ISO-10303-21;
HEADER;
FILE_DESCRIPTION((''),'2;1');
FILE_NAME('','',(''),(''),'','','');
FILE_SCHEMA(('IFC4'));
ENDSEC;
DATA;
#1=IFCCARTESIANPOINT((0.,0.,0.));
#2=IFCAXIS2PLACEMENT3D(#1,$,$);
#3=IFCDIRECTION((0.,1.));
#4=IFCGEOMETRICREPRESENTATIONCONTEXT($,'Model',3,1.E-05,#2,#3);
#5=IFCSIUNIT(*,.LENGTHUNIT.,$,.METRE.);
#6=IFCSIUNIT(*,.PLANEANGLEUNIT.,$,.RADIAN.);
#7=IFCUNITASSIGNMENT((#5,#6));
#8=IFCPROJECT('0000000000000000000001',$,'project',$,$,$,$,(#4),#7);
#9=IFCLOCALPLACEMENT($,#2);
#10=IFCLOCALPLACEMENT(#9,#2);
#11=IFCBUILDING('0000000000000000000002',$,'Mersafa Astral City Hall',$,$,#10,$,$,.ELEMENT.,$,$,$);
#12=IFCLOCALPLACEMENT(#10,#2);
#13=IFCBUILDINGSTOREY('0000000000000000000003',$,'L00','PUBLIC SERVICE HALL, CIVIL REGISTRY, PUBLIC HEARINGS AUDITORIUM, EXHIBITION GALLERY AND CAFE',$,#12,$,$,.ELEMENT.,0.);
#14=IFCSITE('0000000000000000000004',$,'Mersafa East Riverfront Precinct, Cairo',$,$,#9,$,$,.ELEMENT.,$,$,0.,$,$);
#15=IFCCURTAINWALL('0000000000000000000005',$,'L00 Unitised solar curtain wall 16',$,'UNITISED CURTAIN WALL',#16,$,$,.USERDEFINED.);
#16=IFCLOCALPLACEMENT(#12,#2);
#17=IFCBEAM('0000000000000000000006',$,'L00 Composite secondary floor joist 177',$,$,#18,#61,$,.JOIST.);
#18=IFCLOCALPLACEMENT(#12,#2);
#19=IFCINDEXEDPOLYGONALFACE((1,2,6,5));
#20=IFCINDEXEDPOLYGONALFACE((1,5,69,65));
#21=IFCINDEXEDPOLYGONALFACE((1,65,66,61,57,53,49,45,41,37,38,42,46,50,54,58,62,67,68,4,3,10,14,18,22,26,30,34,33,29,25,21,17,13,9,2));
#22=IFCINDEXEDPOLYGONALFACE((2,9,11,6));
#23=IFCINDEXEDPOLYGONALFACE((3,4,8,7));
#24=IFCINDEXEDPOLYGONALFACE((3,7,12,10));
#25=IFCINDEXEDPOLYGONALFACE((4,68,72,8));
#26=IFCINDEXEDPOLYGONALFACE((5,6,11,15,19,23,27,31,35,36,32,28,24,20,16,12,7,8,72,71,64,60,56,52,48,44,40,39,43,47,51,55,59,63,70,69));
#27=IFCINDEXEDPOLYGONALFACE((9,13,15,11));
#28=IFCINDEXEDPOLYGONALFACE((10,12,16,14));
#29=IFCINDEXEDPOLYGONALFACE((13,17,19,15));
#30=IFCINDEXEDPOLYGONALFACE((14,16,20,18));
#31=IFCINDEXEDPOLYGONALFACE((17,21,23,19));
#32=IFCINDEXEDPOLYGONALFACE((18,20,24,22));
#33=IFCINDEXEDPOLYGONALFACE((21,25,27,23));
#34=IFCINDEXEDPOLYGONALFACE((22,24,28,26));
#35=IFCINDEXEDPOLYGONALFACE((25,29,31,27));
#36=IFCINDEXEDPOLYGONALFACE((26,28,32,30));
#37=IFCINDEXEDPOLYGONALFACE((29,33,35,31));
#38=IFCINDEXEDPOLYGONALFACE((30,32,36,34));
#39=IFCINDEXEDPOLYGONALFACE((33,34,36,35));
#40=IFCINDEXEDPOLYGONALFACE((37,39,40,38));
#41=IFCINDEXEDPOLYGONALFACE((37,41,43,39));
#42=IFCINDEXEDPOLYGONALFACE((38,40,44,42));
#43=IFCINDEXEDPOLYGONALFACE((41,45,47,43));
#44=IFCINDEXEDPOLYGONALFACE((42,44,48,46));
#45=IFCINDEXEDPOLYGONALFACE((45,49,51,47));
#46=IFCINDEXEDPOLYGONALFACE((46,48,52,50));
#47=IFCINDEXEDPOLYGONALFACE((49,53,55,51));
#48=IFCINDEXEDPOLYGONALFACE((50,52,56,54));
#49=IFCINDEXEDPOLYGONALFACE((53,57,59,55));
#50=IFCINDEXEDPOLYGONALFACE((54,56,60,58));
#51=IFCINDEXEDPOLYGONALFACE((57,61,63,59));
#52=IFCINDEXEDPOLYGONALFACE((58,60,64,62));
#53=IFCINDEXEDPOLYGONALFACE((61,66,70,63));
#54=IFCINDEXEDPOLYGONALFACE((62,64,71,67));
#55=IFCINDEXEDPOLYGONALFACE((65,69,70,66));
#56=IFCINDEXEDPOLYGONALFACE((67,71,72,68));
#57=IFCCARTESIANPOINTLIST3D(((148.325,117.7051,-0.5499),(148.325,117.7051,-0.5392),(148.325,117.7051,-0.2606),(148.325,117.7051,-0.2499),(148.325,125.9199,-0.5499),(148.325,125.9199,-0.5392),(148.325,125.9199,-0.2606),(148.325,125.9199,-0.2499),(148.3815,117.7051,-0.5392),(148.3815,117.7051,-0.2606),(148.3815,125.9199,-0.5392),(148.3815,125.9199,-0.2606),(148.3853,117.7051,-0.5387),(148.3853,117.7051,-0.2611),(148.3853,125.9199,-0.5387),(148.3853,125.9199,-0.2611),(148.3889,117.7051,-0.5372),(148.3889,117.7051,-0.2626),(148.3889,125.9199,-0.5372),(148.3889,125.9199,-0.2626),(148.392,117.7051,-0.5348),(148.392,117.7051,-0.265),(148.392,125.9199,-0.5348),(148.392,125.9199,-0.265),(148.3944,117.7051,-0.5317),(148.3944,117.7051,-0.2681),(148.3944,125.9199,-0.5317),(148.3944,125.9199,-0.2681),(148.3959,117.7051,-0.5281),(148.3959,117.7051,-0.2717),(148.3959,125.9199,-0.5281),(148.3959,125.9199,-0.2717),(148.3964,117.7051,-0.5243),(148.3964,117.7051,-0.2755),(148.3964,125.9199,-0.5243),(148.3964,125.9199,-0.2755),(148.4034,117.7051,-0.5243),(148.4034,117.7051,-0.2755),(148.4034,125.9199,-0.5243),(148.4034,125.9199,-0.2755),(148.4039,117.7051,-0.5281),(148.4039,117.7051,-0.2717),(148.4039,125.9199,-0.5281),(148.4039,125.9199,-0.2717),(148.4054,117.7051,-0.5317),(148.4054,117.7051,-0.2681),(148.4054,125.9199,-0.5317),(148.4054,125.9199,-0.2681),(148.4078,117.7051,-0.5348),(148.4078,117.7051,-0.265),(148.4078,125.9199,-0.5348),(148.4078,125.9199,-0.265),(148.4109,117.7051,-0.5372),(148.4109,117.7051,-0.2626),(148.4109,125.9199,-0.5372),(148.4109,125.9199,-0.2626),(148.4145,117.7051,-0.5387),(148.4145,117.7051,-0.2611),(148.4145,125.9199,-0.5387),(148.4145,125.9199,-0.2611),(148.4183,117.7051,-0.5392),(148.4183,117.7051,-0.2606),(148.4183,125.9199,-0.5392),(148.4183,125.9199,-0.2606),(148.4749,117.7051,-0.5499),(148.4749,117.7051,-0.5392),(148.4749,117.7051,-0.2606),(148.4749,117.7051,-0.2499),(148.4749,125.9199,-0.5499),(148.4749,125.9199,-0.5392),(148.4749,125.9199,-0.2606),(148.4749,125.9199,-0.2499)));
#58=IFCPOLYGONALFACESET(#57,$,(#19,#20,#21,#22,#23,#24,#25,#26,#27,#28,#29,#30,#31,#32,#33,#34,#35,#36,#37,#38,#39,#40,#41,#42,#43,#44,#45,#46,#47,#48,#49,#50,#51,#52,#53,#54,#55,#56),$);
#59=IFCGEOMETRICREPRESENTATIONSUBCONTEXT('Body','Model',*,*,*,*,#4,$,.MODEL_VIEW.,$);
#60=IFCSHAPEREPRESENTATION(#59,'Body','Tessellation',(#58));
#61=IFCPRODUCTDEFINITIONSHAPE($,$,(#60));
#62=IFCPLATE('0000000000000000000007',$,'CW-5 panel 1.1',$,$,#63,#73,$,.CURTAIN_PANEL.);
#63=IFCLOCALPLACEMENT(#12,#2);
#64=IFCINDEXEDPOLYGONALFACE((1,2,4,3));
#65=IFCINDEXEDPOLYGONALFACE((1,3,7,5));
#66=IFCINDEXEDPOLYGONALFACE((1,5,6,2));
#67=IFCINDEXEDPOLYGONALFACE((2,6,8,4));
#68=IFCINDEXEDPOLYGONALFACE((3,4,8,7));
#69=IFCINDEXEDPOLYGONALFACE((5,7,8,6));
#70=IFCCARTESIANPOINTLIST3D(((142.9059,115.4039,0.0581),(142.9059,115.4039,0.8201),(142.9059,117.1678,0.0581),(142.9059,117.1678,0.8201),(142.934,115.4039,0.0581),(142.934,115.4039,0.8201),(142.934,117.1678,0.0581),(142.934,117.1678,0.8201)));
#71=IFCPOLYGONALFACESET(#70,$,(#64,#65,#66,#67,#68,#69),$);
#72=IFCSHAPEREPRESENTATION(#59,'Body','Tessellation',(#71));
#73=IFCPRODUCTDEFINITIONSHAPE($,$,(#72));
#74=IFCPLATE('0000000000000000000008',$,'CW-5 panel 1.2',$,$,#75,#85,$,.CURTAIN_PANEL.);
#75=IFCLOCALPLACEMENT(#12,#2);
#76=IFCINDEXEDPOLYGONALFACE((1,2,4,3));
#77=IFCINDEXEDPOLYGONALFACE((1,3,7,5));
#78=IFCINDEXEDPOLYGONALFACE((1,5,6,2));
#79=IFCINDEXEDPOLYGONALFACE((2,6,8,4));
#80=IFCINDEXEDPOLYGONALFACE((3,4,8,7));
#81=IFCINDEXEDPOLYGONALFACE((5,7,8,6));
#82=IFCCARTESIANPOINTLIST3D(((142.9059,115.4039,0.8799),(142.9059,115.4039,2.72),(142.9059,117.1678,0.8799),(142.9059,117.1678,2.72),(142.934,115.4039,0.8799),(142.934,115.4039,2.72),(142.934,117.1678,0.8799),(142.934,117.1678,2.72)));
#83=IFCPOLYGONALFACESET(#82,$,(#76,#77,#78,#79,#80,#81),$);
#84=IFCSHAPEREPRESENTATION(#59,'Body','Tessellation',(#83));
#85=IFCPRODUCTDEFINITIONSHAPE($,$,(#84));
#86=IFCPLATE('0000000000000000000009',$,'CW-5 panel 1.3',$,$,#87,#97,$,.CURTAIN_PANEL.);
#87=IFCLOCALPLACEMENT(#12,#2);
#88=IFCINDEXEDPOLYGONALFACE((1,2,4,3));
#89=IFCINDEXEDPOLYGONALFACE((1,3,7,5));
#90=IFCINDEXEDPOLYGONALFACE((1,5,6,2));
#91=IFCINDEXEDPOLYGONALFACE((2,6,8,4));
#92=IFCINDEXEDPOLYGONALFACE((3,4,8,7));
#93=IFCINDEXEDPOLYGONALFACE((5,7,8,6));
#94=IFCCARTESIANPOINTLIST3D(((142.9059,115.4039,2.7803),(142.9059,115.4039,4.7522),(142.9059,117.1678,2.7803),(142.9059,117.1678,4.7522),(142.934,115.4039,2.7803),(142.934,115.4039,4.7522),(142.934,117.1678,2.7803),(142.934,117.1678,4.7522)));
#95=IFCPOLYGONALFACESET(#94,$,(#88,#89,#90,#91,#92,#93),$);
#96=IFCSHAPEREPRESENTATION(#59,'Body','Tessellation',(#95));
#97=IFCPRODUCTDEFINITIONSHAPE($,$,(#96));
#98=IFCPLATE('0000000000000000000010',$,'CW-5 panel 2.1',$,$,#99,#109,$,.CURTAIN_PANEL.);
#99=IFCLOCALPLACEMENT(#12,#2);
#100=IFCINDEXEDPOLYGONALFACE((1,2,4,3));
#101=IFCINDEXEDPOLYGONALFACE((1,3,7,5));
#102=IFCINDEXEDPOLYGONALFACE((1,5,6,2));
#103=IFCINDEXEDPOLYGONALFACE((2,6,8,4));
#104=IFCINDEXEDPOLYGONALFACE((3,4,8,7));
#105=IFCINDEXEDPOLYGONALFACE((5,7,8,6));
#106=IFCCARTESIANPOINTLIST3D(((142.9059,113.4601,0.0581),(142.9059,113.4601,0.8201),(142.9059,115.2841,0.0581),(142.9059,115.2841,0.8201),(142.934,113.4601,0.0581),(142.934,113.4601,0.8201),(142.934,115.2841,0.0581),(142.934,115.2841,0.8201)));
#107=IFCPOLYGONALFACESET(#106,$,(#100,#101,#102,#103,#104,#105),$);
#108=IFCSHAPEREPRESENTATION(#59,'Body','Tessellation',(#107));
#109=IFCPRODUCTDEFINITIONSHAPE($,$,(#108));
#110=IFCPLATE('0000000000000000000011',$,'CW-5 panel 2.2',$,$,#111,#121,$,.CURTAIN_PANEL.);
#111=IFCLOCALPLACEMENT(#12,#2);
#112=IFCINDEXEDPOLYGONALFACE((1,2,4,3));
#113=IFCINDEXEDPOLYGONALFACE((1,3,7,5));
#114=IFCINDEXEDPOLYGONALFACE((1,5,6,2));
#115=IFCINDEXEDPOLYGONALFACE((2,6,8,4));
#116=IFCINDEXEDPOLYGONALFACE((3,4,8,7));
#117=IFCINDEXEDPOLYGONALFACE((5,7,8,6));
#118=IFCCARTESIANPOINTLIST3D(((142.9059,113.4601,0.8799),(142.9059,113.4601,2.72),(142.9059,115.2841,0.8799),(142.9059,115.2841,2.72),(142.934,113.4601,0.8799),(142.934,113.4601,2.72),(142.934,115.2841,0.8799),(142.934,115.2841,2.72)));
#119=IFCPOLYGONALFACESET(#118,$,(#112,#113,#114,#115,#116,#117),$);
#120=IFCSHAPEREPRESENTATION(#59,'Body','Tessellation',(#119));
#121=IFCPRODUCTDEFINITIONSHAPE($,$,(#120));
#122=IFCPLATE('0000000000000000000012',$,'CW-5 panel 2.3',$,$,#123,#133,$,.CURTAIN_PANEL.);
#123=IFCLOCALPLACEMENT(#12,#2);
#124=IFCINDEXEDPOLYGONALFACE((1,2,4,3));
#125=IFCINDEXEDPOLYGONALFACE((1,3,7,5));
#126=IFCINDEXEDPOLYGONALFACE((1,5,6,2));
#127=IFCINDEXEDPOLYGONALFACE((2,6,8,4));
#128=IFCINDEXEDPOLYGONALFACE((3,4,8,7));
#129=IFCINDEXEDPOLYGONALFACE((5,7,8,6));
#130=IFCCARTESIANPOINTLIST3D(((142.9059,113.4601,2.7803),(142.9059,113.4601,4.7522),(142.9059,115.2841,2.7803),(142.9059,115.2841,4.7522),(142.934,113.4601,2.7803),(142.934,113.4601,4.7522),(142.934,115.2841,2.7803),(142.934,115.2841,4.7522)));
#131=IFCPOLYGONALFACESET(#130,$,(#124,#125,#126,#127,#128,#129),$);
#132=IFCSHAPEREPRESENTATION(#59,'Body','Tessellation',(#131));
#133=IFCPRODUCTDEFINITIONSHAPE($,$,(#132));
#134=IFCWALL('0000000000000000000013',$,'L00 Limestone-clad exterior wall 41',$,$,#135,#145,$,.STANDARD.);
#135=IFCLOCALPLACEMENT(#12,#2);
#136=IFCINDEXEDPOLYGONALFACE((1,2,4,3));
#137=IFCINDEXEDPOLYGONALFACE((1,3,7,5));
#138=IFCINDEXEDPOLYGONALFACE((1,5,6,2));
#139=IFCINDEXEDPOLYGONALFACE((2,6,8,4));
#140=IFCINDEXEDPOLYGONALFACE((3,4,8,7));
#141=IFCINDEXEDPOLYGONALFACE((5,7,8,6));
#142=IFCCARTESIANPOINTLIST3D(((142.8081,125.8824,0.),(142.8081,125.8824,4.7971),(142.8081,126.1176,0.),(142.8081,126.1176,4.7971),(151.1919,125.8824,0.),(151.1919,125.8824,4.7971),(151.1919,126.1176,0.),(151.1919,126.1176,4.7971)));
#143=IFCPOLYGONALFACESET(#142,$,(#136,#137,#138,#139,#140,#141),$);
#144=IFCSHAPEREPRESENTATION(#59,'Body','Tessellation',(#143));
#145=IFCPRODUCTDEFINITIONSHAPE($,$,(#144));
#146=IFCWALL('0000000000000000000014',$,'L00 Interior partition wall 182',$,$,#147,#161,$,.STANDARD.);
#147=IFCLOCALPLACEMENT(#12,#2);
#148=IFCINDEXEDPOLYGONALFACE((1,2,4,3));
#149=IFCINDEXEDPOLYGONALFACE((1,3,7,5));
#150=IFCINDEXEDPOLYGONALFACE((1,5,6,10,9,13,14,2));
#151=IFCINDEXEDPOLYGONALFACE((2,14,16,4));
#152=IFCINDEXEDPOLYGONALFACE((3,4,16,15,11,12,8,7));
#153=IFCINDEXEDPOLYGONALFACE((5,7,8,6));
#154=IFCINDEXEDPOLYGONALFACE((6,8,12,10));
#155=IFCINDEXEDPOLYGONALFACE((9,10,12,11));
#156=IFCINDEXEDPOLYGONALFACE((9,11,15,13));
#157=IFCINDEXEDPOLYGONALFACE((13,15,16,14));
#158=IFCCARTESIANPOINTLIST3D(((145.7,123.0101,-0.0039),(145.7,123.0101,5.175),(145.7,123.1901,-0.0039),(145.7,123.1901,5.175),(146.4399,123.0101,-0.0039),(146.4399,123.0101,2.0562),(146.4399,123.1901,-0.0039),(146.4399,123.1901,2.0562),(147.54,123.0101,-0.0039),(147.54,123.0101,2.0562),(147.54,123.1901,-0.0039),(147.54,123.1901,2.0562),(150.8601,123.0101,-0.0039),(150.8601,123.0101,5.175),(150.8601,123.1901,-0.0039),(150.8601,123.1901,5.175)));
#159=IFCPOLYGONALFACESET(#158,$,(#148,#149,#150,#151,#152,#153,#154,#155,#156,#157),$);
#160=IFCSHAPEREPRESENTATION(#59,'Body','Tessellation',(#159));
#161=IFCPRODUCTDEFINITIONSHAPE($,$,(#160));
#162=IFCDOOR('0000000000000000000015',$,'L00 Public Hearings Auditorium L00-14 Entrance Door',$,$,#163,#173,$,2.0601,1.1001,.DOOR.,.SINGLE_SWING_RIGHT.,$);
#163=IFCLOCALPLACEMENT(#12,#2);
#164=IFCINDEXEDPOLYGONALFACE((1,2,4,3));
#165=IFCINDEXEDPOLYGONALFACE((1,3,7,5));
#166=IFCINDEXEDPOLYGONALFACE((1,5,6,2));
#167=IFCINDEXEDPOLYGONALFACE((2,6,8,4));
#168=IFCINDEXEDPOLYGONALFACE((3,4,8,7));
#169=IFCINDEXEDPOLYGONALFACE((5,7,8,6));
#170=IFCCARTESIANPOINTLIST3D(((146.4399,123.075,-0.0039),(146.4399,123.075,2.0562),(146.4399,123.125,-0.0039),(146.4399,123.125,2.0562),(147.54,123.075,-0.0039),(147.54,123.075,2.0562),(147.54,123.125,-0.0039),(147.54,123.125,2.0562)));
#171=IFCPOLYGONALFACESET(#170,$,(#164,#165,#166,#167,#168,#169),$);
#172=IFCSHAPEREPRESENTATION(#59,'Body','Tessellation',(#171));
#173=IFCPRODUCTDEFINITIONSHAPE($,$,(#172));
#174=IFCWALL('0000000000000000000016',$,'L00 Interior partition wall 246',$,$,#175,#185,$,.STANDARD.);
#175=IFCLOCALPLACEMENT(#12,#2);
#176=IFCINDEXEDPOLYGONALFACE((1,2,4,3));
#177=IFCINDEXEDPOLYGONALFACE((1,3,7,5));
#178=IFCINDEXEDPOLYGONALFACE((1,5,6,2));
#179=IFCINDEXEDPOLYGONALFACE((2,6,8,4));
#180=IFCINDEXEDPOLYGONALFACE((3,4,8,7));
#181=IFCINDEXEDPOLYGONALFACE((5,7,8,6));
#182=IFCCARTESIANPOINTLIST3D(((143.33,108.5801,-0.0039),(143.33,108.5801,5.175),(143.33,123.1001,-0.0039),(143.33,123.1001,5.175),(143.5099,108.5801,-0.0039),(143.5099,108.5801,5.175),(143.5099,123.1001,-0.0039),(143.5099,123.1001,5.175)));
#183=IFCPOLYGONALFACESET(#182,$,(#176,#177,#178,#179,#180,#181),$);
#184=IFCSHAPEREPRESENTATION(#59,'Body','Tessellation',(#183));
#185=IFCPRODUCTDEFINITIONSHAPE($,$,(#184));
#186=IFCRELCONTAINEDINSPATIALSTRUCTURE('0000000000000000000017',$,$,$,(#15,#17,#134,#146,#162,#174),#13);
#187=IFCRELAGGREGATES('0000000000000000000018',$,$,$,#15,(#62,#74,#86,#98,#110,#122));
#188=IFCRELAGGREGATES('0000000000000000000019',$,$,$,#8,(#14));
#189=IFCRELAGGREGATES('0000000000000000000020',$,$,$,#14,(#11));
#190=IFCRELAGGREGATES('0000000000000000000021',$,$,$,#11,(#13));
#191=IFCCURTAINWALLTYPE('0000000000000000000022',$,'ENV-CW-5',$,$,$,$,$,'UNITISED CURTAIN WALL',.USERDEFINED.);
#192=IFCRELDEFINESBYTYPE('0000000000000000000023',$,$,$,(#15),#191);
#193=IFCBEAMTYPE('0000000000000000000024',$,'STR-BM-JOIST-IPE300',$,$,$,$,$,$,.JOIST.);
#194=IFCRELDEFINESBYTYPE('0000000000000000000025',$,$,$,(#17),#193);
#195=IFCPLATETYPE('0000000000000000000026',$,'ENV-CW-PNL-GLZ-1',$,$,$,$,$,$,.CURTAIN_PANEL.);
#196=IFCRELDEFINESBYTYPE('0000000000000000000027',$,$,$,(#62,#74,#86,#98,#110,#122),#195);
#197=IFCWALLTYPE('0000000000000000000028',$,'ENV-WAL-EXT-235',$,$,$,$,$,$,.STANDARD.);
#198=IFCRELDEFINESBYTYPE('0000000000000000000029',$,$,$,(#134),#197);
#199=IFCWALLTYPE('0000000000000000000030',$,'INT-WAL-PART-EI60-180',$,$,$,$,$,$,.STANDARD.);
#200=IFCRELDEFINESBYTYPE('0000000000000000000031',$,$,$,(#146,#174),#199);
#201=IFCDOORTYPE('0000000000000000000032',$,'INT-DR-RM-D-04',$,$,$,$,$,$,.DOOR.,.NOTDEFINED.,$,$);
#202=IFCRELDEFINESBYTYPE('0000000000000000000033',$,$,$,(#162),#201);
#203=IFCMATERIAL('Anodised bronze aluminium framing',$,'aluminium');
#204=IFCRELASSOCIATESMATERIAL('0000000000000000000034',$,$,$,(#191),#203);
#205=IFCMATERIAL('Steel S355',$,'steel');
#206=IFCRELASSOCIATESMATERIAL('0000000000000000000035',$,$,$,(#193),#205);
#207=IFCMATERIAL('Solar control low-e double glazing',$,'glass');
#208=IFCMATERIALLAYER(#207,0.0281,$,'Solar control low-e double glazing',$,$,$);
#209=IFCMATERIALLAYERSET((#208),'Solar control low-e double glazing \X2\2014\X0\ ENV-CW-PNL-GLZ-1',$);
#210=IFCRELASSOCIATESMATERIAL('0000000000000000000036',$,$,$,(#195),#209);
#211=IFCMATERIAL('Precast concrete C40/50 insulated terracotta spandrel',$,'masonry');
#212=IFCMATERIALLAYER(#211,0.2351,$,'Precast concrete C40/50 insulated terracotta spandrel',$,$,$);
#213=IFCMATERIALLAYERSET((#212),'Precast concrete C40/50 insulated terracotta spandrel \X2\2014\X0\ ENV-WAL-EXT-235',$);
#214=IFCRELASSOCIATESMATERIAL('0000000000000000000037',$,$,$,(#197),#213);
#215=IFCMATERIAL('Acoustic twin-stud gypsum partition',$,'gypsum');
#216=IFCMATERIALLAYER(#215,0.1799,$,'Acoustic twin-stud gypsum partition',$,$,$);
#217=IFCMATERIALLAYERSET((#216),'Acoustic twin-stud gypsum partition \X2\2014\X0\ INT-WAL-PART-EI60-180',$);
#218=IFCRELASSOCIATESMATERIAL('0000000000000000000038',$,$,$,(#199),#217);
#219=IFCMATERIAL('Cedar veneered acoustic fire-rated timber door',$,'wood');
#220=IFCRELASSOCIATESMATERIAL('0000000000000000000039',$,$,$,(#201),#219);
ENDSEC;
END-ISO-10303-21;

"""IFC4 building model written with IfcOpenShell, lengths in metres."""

from ifc_helpers import new_model, si_unit, direction, frame, frame_2d, origin, origin_2d, place, context, subcontext, project, spatial, rectangle, i_section, extrude, material, layer, layer_set, material_profile, profile_set, type_object, element, fill, aggregate, save


model = new_model("IFC4")

# Units and contexts
model_context = context("Model", 3, precision=1e-05, world=origin(), true_north=direction((0.0, 1.0)))
body_context = subcontext(model_context, "Body", "Model", "MODEL_VIEW")
ifc_project = project(units=[si_unit("LENGTHUNIT", "METRE"), si_unit("PLANEANGLEUNIT", "RADIAN")], contexts=[model_context])

# Site, building, storey
site_placement = place(None, origin())
site = spatial("IfcSite", under=ifc_project, at=site_placement, Name="Mersafa East Riverfront Precinct, Cairo", CompositionType="ELEMENT", RefElevation=0.0)
building_placement = place(site_placement, origin())
building = spatial("IfcBuilding", under=site, at=building_placement, Name="Mersafa Astral City Hall", CompositionType="ELEMENT")
storey_placement = place(building_placement, origin())
storey = spatial("IfcBuildingStorey", under=building, at=storey_placement, Name="L00", Description="PUBLIC SERVICE HALL, CIVIL REGISTRY, PUBLIC HEARINGS AUDITORIUM, EXHIBITION GALLERY AND CAFE", CompositionType="ELEMENT", Elevation=0.0)

# Shared definitions
ifc_material_1 = material(Name="Steel S355", Category="steel")

# Curtain wall
ifc_material_2 = material(Name="Anodised bronze aluminium framing", Category="aluminium")
curtain_wall_type = type_object("IfcCurtainWallType", Name="ENV-CW-5", ElementType="UNITISED CURTAIN WALL", PredefinedType="USERDEFINED", material=ifc_material_2)
curtain_wall_placement = place(storey_placement, origin())
curtain_wall = element("IfcCurtainWall", 1, at=curtain_wall_placement, inside=storey, type_object=curtain_wall_type, Name="L00 Unitised solar curtain wall 16", ObjectType="UNITISED CURTAIN WALL", PredefinedType="USERDEFINED")

# Beam
ifc_material_profile_1 = material_profile(ifc_material_1, i_section(OverallWidth=0.1499, OverallDepth=0.3, WebThickness=0.0071, FlangeThickness=0.0107, FilletRadius=0.0149, at=origin_2d()), Name="IPE 300")
ifc_profile_set_1 = profile_set([ifc_material_profile_1], Name="Steel S355")
beam_type_1 = type_object("IfcBeamType", Name="STR-BM-JOIST-IPE300", PredefinedType="JOIST", material=ifc_profile_set_1)
for number, where, z_axis, x_axis, name in (
    (2, (148.3999, 117.7051, -0.3999), (0.0, 1.0, 0.0), (-1.0, 0.0, 0.0), "L00 Composite secondary floor joist 177"),
):
    element("IfcBeam", number, at=place(storey_placement, frame(where, z_axis=z_axis, x_axis=x_axis)), inside=storey, type_object=beam_type_1, Name=name, PredefinedType="JOIST", context=body_context, shape_type="SweptSolid", body=[
        extrude(i_section(OverallWidth=0.1499, OverallDepth=0.3, WebThickness=0.0071, FlangeThickness=0.0107, FilletRadius=0.0149, at=origin_2d()), origin(), (0.0, 0.0, 1.0), 8.2148),
    ])

# Plates
ifc_material_3 = material(Name="Solar control low-e double glazing", Category="glass")
ifc_layer_1 = layer(ifc_material_3, 0.0281, Name="Solar control low-e double glazing")
ifc_layer_set_1 = layer_set([ifc_layer_1], Name="Solar control low-e double glazing — ENV-CW-PNL-GLZ-1")
plate_type = type_object("IfcPlateType", Name="ENV-CW-PNL-GLZ-1", PredefinedType="CURTAIN_PANEL", material=ifc_layer_set_1)
plate_1_placement = place(storey_placement, frame((142.9199, 116.2859, 0.0581), z_axis=(0.0, 0.0, 1.0), x_axis=(0.0, -1.0, 0.0)))
plate_1 = element("IfcPlate", 3, at=plate_1_placement, type_object=plate_type, Name="CW-5 panel 1.1", PredefinedType="CURTAIN_PANEL", context=body_context, shape_type="SweptSolid", body=[
    extrude(rectangle(XDim=1.7639, YDim=0.0281, at=origin_2d()), origin(), (0.0, 0.0, 1.0), 0.762),
])
plate_2_placement = place(storey_placement, frame((142.9199, 116.2859, 0.8799), z_axis=(0.0, 0.0, 1.0), x_axis=(0.0, -1.0, 0.0)))
plate_2 = element("IfcPlate", 4, at=plate_2_placement, type_object=plate_type, Name="CW-5 panel 1.2", PredefinedType="CURTAIN_PANEL", context=body_context, shape_type="SweptSolid", body=[
    extrude(rectangle(XDim=1.7639, YDim=0.0281, at=origin_2d()), origin(), (0.0, 0.0, 1.0), 1.8401),
])
plate_3_placement = place(storey_placement, frame((142.9199, 116.2859, 2.7803), z_axis=(0.0, 0.0, 1.0), x_axis=(0.0, -1.0, 0.0)))
plate_3 = element("IfcPlate", 5, at=plate_3_placement, type_object=plate_type, Name="CW-5 panel 1.3", PredefinedType="CURTAIN_PANEL", context=body_context, shape_type="SweptSolid", body=[
    extrude(rectangle(XDim=1.7639, YDim=0.0281, at=origin_2d()), origin(), (0.0, 0.0, 1.0), 1.9719),
])
plate_4_placement = place(storey_placement, frame((142.9199, 114.3721, 0.0581), z_axis=(0.0, 0.0, 1.0), x_axis=(0.0, -1.0, 0.0)))
plate_4 = element("IfcPlate", 6, at=plate_4_placement, type_object=plate_type, Name="CW-5 panel 2.1", PredefinedType="CURTAIN_PANEL", context=body_context, shape_type="SweptSolid", body=[
    extrude(rectangle(XDim=1.824, YDim=0.0281, at=origin_2d()), origin(), (0.0, 0.0, 1.0), 0.762),
])
plate_5_placement = place(storey_placement, frame((142.9199, 114.3721, 0.8799), z_axis=(0.0, 0.0, 1.0), x_axis=(0.0, -1.0, 0.0)))
plate_5 = element("IfcPlate", 7, at=plate_5_placement, type_object=plate_type, Name="CW-5 panel 2.2", PredefinedType="CURTAIN_PANEL", context=body_context, shape_type="SweptSolid", body=[
    extrude(rectangle(XDim=1.824, YDim=0.0281, at=origin_2d()), origin(), (0.0, 0.0, 1.0), 1.8401),
])
plate_6_placement = place(storey_placement, frame((142.9199, 114.3721, 2.7803), z_axis=(0.0, 0.0, 1.0), x_axis=(0.0, -1.0, 0.0)))
plate_6 = element("IfcPlate", 8, at=plate_6_placement, type_object=plate_type, Name="CW-5 panel 2.3", PredefinedType="CURTAIN_PANEL", context=body_context, shape_type="SweptSolid", body=[
    extrude(rectangle(XDim=1.824, YDim=0.0281, at=origin_2d()), origin(), (0.0, 0.0, 1.0), 1.9719),
])
aggregate(curtain_wall, [plate_1, plate_2, plate_3, plate_4, plate_5, plate_6])

# Wall
ifc_material_4 = material(Name="Precast concrete C40/50 insulated terracotta spandrel", Category="masonry")
ifc_layer_2 = layer(ifc_material_4, 0.2351, Name="Precast concrete C40/50 insulated terracotta spandrel")
ifc_layer_set_2 = layer_set([ifc_layer_2], Name="Precast concrete C40/50 insulated terracotta spandrel — ENV-WAL-EXT-235")
wall_type_1 = type_object("IfcWallType", Name="ENV-WAL-EXT-235", PredefinedType="STANDARD", material=ifc_layer_set_2)
wall_1_placement = place(storey_placement, frame((151.1919, 126.0, 0.0), z_axis=(0.0, 0.0, 1.0), x_axis=(-1.0, 0.0, 0.0)))
element("IfcWall", 9, at=wall_1_placement, inside=storey, type_object=wall_type_1, Name="L00 Limestone-clad exterior wall 41", PredefinedType="STANDARD", context=body_context, shape_type="SweptSolid", body=[
    extrude(rectangle(XDim=8.3838, YDim=0.2351, at=frame_2d((4.1919, 0.0))), origin(), (0.0, 0.0, 1.0), 4.7971),
])

# Wall, opening, door
ifc_material_5 = material(Name="Acoustic twin-stud gypsum partition", Category="gypsum")
ifc_layer_3 = layer(ifc_material_5, 0.1799, Name="Acoustic twin-stud gypsum partition")
ifc_layer_set_3 = layer_set([ifc_layer_3], Name="Acoustic twin-stud gypsum partition — INT-WAL-PART-EI60-180")
wall_type_2 = type_object("IfcWallType", Name="INT-WAL-PART-EI60-180", PredefinedType="STANDARD", material=ifc_layer_set_3)
wall_2_placement = place(storey_placement, frame((145.7, 123.1001, -0.0039), z_axis=(0.0, 0.0, 1.0), x_axis=(1.0, 0.0, 0.0)))
wall_2 = element("IfcWall", 10, at=wall_2_placement, inside=storey, type_object=wall_type_2, Name="L00 Interior partition wall 182", PredefinedType="STANDARD", context=body_context, shape_type="SweptSolid", body=[
    extrude(rectangle(XDim=5.1602, YDim=0.1799, at=frame_2d((2.5801, 0.0))), origin(), (0.0, 0.0, 1.0), 5.179),
])
opening_placement = place(wall_2_placement, frame((0.74, 0.0, 0.0)))
opening = element("IfcOpeningElement", 11, at=opening_placement, cuts=wall_2, PredefinedType="OPENING", context=body_context, shape_type="SweptSolid", body=[
    extrude(rectangle(XDim=1.1001, YDim=2.0601, at=frame_2d((0.55, 1.03))), frame((0.0, 0.0999, 0.0), z_axis=(0.0, -1.0, 0.0), x_axis=(1.0, 0.0, 0.0)), (0.0, 0.0, 1.0), 0.2),
])
ifc_material_6 = material(Name="Cedar veneered acoustic fire-rated timber door", Category="wood")
door_type = type_object("IfcDoorType", Name="INT-DR-RM-D-04", OperationType="NOTDEFINED", PredefinedType="DOOR", material=ifc_material_6)
door_placement = place(opening_placement, origin())
door = element("IfcDoor", 12, at=door_placement, inside=storey, type_object=door_type, Name="L00 Public Hearings Auditorium L00-14 Entrance Door", OperationType="SINGLE_SWING_RIGHT", OverallHeight=2.0601, OverallWidth=1.1001, PredefinedType="DOOR", context=body_context, shape_type="SweptSolid", body=[
    extrude(rectangle(XDim=1.1001, YDim=2.0601, at=frame_2d((0.55, 1.03))), frame((0.0, 0.0249, 0.0), z_axis=(0.0, -1.0, 0.0), x_axis=(1.0, 0.0, 0.0)), (0.0, 0.0, 1.0), 0.05),
])
fill(opening, door)

# Wall
wall_3_placement = place(storey_placement, frame((143.4199, 123.1001, -0.0039), z_axis=(0.0, 0.0, 1.0), x_axis=(0.0, -1.0, 0.0)))
element("IfcWall", 13, at=wall_3_placement, inside=storey, type_object=wall_type_2, Name="L00 Interior partition wall 246", PredefinedType="STANDARD", context=body_context, shape_type="SweptSolid", body=[
    extrude(rectangle(XDim=14.52, YDim=0.1799, at=frame_2d((7.26, 0.0))), origin(), (0.0, 0.0, 1.0), 5.179),
])

save(model, "model.ifc")
